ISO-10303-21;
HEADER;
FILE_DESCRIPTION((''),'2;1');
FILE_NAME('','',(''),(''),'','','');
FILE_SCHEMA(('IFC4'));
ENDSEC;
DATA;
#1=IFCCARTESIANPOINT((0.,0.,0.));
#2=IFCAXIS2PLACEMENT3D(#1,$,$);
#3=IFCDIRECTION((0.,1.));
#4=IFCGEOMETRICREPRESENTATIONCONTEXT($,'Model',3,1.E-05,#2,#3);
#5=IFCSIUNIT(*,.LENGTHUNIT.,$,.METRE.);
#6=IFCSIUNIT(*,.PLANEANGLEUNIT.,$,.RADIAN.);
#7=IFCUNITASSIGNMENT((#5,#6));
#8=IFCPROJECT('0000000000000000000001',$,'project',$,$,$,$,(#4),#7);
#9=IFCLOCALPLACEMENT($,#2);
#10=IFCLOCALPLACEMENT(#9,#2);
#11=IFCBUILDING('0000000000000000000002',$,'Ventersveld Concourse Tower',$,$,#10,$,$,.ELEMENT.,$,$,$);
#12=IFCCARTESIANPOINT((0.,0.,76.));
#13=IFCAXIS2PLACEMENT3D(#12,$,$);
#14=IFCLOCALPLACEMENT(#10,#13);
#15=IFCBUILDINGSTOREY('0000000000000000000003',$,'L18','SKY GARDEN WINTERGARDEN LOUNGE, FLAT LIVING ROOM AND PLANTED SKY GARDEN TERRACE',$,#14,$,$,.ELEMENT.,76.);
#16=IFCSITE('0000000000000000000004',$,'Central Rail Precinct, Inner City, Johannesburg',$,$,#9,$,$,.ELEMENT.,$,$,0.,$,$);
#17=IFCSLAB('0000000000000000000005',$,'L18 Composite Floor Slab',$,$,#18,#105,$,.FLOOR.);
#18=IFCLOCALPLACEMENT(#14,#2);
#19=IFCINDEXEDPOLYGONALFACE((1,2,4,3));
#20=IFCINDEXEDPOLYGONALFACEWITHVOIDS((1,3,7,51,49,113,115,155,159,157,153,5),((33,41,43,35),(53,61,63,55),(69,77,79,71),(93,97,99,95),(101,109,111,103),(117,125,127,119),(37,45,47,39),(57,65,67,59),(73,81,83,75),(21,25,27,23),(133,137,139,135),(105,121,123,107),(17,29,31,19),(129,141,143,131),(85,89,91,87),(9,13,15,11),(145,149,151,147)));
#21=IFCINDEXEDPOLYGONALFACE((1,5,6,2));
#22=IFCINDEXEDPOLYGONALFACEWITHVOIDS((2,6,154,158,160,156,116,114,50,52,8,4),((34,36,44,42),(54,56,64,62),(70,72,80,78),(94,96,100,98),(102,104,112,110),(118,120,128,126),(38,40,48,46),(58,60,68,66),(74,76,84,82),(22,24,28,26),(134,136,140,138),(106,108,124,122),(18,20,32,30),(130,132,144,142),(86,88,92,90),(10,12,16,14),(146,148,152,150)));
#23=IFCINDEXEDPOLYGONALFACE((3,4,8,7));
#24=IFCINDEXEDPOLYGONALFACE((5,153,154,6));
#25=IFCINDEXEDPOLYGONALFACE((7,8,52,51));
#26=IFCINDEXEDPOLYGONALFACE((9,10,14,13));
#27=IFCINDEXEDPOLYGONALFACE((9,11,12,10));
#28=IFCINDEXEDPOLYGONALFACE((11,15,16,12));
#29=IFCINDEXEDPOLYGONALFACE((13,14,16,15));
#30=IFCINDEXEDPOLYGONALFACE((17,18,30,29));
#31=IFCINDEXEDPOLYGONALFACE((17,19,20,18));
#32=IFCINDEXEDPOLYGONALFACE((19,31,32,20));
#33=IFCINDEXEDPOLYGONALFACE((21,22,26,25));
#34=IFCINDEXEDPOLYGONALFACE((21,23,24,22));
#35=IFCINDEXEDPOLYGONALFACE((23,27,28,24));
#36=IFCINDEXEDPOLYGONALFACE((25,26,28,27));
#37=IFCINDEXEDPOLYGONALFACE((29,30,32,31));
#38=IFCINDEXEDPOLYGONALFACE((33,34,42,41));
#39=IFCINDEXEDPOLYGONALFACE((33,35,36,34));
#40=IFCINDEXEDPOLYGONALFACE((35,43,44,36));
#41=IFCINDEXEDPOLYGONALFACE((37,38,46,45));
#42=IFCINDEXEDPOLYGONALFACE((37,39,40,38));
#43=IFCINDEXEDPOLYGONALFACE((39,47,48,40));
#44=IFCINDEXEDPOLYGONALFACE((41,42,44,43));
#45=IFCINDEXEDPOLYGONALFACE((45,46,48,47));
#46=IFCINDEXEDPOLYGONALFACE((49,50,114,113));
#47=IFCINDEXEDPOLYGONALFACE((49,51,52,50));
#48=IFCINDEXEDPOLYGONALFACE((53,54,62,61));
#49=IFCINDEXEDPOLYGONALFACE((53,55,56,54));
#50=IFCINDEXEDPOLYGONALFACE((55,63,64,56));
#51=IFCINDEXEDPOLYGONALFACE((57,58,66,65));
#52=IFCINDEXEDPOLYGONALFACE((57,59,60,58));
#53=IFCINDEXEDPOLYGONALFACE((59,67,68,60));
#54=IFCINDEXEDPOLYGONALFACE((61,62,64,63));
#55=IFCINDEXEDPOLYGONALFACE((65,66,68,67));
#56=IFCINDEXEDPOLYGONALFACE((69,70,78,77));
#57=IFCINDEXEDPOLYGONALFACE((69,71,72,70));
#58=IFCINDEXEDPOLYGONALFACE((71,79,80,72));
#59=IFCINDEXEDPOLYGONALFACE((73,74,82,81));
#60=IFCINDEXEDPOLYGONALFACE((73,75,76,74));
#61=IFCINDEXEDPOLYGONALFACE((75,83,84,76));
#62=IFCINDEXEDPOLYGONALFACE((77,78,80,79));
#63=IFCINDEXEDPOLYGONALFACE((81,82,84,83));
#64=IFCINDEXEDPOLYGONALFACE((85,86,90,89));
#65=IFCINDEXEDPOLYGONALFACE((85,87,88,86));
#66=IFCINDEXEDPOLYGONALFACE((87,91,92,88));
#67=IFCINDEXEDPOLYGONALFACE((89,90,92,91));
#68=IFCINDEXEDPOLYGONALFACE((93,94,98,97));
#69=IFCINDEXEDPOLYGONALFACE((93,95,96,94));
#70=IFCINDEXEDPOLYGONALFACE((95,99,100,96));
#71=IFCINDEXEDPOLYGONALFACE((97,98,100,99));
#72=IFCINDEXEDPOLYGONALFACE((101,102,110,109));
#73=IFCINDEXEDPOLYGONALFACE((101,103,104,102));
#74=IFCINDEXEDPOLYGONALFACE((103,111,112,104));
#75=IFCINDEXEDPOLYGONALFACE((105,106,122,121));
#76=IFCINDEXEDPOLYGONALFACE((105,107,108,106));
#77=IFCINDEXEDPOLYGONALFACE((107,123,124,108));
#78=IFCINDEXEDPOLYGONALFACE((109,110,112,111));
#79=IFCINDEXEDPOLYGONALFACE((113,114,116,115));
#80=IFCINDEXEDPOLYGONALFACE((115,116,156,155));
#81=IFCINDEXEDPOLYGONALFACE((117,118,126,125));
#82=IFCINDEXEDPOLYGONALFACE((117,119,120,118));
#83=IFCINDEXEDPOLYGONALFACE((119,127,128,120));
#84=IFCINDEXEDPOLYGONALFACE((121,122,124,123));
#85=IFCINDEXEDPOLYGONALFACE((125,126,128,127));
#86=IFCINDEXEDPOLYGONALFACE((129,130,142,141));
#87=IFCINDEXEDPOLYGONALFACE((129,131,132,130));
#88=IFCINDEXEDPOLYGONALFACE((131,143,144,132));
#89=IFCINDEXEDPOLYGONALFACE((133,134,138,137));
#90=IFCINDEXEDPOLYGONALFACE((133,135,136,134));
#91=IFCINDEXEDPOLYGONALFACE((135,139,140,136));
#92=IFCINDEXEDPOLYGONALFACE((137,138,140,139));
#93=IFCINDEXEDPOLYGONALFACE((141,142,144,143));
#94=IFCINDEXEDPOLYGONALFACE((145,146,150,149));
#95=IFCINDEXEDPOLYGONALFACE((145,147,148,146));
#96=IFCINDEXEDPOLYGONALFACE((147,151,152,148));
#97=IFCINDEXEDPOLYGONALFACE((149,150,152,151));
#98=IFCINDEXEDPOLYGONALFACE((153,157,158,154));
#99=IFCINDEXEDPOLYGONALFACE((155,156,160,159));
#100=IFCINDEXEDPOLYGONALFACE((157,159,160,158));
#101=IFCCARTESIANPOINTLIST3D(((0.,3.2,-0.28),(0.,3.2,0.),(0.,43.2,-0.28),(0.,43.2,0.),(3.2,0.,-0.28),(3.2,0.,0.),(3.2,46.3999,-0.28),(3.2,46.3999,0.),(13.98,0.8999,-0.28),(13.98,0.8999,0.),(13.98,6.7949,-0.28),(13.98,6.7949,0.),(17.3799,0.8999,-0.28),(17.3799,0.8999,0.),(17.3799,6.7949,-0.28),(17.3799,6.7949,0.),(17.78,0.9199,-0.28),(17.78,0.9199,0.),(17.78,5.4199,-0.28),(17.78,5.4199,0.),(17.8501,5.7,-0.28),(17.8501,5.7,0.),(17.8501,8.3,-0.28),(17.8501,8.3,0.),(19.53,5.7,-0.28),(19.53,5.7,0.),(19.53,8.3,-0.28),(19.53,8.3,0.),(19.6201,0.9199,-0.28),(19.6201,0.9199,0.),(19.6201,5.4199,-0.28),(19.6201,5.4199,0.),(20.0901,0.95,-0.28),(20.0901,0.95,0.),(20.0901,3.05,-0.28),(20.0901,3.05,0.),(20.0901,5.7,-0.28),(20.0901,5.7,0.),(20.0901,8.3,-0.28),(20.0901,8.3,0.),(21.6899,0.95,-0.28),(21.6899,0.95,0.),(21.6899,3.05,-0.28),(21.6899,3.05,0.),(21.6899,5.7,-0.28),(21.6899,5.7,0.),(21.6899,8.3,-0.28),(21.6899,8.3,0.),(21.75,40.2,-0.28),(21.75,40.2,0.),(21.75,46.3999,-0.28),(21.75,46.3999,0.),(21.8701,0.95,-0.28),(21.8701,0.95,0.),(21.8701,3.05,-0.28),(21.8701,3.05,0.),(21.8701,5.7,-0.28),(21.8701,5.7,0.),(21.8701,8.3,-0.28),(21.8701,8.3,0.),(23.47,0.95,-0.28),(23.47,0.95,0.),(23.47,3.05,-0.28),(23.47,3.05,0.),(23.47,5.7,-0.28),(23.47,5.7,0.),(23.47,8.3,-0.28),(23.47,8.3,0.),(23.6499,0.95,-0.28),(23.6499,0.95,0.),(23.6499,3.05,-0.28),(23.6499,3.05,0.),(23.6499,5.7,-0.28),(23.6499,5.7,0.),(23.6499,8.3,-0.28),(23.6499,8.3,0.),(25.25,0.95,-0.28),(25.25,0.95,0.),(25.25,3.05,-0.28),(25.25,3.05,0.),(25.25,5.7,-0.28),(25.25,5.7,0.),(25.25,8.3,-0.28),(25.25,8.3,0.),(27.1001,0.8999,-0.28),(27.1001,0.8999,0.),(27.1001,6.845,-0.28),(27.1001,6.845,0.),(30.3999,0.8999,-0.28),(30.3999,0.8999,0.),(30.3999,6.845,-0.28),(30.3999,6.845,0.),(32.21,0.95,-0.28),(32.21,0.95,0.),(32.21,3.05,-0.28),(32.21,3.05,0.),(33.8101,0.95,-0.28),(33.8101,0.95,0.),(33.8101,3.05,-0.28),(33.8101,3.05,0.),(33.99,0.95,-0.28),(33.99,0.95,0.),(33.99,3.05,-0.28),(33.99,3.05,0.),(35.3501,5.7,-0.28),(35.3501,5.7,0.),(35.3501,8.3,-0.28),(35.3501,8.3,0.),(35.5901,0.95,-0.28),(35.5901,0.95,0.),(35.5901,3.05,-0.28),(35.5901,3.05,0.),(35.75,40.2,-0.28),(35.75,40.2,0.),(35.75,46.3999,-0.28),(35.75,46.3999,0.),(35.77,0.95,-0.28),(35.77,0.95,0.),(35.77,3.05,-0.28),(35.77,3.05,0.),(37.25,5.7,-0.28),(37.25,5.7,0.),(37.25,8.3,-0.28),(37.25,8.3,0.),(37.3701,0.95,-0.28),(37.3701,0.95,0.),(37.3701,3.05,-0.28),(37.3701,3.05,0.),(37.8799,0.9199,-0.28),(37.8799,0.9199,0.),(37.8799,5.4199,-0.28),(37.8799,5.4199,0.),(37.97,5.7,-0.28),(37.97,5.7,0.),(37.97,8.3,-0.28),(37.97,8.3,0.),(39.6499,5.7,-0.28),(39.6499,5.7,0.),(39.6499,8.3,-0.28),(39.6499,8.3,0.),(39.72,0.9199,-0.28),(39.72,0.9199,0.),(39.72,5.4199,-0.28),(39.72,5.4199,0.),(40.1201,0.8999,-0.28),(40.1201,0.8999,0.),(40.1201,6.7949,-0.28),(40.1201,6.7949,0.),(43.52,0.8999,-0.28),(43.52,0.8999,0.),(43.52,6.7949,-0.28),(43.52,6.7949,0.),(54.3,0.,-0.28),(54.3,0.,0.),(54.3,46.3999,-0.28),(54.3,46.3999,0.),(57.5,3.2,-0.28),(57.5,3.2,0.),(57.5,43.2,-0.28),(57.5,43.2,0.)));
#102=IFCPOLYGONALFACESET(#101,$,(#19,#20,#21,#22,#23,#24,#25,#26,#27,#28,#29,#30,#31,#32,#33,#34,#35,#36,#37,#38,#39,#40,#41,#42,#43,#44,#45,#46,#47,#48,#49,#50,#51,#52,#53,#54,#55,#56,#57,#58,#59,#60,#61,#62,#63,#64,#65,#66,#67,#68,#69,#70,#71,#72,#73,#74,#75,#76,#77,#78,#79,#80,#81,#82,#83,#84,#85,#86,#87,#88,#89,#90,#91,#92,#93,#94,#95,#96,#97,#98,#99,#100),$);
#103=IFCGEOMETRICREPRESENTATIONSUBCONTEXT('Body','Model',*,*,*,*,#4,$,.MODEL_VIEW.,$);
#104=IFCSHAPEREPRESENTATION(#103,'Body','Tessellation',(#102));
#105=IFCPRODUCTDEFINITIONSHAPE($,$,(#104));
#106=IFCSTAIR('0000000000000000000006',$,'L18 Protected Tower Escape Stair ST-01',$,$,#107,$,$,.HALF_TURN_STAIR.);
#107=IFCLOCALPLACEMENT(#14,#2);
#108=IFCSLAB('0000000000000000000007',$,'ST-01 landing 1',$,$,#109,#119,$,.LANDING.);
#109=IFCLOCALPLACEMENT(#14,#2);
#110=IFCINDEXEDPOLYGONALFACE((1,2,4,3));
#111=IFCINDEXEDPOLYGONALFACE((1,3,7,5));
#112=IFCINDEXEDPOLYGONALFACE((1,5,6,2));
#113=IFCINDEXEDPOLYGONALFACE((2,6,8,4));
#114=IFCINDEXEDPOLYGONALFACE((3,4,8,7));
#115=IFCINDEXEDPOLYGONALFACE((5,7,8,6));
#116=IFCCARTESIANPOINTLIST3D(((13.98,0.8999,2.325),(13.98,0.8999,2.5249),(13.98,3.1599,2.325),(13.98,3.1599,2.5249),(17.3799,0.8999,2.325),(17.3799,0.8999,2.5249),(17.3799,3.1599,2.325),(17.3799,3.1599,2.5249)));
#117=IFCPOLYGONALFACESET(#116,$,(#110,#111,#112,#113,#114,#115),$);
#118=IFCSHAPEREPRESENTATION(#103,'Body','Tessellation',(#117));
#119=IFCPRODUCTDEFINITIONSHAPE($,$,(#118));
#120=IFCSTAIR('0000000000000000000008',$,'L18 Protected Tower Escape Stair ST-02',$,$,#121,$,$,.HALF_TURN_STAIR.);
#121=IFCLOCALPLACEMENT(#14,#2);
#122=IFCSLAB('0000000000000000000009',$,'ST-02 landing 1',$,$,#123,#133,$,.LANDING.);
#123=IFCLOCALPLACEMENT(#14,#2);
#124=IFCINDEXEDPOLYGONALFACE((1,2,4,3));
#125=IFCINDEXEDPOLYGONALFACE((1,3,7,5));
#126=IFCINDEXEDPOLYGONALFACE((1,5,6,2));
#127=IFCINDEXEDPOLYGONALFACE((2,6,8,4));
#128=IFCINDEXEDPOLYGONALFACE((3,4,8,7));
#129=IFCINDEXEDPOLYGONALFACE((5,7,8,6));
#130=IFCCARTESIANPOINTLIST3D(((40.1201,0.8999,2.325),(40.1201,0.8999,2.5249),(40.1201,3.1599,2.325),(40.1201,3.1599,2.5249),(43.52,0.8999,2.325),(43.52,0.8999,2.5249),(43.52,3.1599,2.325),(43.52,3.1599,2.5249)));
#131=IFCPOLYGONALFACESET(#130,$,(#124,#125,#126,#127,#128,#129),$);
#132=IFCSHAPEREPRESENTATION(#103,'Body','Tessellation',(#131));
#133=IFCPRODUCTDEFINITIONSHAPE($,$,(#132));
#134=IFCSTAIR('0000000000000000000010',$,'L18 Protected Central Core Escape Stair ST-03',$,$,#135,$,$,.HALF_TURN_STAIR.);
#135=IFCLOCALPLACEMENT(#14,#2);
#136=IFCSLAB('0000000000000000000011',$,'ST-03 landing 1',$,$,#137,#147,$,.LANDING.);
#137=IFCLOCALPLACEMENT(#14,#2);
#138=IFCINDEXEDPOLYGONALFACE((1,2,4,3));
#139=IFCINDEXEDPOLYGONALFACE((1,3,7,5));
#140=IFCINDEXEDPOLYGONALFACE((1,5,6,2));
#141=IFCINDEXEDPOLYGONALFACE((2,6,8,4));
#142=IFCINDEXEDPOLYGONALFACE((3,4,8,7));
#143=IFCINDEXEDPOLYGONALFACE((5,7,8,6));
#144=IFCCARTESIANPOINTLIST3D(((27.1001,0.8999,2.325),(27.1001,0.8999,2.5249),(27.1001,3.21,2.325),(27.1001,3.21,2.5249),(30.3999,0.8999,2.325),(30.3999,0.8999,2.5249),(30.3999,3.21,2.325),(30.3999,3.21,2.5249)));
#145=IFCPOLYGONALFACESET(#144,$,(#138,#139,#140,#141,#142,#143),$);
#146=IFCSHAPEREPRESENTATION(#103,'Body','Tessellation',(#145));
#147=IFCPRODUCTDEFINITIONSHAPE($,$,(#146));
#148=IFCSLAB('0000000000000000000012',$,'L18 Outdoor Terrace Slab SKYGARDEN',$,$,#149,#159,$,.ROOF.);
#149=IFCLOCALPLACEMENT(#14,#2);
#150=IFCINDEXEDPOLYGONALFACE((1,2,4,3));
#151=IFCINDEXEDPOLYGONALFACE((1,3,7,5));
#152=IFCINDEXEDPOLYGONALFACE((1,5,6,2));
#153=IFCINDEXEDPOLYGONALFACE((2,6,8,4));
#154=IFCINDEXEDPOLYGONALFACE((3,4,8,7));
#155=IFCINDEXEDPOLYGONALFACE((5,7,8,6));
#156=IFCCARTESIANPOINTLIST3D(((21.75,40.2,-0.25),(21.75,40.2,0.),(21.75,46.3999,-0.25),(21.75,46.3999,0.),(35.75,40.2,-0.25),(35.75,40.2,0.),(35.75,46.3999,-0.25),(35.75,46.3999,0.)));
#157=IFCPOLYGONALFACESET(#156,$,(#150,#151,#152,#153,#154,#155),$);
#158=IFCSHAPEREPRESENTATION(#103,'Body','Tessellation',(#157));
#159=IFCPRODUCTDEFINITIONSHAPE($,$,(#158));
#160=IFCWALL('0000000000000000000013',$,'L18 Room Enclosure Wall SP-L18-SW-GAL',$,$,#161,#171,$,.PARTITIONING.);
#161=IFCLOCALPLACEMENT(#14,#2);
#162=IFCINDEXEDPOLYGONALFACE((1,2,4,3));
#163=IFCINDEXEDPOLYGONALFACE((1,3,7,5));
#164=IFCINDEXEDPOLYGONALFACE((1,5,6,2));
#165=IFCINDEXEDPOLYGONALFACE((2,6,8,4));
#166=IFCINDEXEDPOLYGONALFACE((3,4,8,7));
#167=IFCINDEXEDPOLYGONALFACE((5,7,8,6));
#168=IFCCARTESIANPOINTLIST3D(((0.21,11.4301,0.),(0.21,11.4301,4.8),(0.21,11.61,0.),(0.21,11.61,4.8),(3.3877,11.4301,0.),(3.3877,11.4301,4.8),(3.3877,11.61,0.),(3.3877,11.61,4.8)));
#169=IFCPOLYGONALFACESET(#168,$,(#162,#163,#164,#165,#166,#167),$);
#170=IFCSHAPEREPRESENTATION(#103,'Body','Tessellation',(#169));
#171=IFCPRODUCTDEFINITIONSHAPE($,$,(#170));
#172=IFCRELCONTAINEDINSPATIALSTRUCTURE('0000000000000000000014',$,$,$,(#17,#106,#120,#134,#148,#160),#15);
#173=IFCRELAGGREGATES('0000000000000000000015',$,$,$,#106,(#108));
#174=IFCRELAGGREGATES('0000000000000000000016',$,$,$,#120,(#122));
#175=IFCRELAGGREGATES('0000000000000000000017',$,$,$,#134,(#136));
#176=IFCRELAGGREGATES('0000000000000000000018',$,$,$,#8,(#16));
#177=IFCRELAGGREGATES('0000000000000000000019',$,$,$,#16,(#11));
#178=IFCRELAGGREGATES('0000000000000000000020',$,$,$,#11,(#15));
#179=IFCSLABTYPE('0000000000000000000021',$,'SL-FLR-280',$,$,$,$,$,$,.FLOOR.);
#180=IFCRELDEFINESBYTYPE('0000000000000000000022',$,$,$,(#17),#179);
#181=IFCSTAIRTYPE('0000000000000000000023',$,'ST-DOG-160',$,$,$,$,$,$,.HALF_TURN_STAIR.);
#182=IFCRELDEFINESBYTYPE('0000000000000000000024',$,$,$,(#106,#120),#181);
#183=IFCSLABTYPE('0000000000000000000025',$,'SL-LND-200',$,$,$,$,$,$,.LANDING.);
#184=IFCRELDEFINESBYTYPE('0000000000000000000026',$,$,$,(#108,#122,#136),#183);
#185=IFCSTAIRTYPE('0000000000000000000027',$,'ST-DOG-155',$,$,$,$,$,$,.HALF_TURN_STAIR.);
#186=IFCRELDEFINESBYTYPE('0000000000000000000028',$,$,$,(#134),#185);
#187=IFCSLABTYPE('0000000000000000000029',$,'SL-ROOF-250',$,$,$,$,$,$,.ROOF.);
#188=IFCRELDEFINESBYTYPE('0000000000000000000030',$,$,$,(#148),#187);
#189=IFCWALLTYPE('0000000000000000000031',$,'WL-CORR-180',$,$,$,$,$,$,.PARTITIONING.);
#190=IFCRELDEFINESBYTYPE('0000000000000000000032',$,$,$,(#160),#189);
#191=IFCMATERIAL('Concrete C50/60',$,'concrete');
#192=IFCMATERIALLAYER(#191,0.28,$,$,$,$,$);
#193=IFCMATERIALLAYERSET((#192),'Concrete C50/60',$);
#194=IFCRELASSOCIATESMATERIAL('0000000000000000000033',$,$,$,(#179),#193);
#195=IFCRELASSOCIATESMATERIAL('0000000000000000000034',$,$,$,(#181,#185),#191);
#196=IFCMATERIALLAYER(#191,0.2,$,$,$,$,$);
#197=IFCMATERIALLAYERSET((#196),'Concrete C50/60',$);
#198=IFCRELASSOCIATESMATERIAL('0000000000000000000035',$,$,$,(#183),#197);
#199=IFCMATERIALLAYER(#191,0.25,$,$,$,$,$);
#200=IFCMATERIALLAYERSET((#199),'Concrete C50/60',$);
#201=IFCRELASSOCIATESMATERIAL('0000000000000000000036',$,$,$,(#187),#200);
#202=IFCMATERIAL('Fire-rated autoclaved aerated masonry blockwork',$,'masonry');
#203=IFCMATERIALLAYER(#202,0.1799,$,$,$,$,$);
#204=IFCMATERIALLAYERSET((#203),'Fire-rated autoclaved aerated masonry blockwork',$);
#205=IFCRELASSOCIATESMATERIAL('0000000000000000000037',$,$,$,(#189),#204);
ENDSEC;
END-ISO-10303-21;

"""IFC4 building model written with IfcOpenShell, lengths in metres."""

from ifc_helpers import new_model, si_unit, direction, frame, frame_2d, origin, place, context, subcontext, project, spatial, polyline, rectangle, outline, extrude, material, layer, layer_set, type_object, element, aggregate, save


model = new_model("IFC4")

# Units and contexts
model_context = context("Model", 3, precision=1e-05, world=origin(), true_north=direction((0.0, 1.0)))
body_context = subcontext(model_context, "Body", "Model", "MODEL_VIEW")
ifc_project = project(units=[si_unit("LENGTHUNIT", "METRE"), si_unit("PLANEANGLEUNIT", "RADIAN")], contexts=[model_context])

# Site, building, storey
site_placement = place(None, origin())
site = spatial("IfcSite", under=ifc_project, at=site_placement, Name="Central Rail Precinct, Inner City, Johannesburg", CompositionType="ELEMENT", RefElevation=0.0)
building_placement = place(site_placement, origin())
building = spatial("IfcBuilding", under=site, at=building_placement, Name="Ventersveld Concourse Tower", CompositionType="ELEMENT")
storey_placement = place(building_placement, frame((0.0, 0.0, 76.0)))
storey = spatial("IfcBuildingStorey", under=building, at=storey_placement, Name="L18", Description="SKY GARDEN WINTERGARDEN LOUNGE, FLAT LIVING ROOM AND PLANTED SKY GARDEN TERRACE", CompositionType="ELEMENT", Elevation=76.0)

# Slab
ifc_material_1 = material(Name="Concrete C50/60", Category="concrete")
ifc_layer_1 = layer(ifc_material_1, 0.28)
ifc_layer_set_1 = layer_set([ifc_layer_1], Name="Concrete C50/60")
slab_type_1 = type_object("IfcSlabType", Name="SL-FLR-280", PredefinedType="FLOOR", material=ifc_layer_set_1)
slab_1_placement = place(storey_placement, frame((0.0, 0.0, -0.28)))
element("IfcSlab", 1, at=slab_1_placement, inside=storey, type_object=slab_type_1, Name="L18 Composite Floor Slab", PredefinedType="FLOOR", context=body_context, shape_type="SweptSolid", body=[
    extrude(outline(polyline([(3.2, 0.0), (54.3, 0.0), (57.5, 3.2), (57.5, 43.2), (54.3, 46.3999), (35.75, 46.3999), (35.75, 40.2), (21.75, 40.2), (21.75, 46.3999), (3.2, 46.3999), (0.0, 43.2), (0.0, 3.2), (3.2, 0.0)]), holes=[polyline([(13.98, 6.7949), (13.98, 0.8999), (17.3799, 0.8999), (17.3799, 6.7949), (13.98, 6.7949)]), polyline([(40.1201, 6.7949), (40.1201, 0.8999), (43.52, 0.8999), (43.52, 6.7949), (40.1201, 6.7949)]), polyline([(27.1001, 6.845), (27.1001, 0.8999), (30.3999, 0.8999), (30.3999, 6.845), (27.1001, 6.845)]), polyline([(17.8501, 5.7), (19.53, 5.7), (19.53, 8.3), (17.8501, 8.3), (17.8501, 5.7)]), polyline([(37.97, 5.7), (39.6499, 5.7), (39.6499, 8.3), (37.97, 8.3), (37.97, 5.7)]), polyline([(35.3501, 5.7), (37.25, 5.7), (37.25, 8.3), (35.3501, 8.3), (35.3501, 5.7)]), polyline([(20.0901, 0.95), (21.6899, 0.95), (21.6899, 3.05), (20.0901, 3.05), (20.0901, 0.95)]), polyline([(21.8701, 0.95), (23.47, 0.95), (23.47, 3.05), (21.8701, 3.05), (21.8701, 0.95)]), polyline([(23.6499, 0.95), (25.25, 0.95), (25.25, 3.05), (23.6499, 3.05), (23.6499, 0.95)]), polyline([(32.21, 0.95), (33.8101, 0.95), (33.8101, 3.05), (32.21, 3.05), (32.21, 0.95)]), polyline([(33.99, 0.95), (35.5901, 0.95), (35.5901, 3.05), (33.99, 3.05), (33.99, 0.95)]), polyline([(35.77, 0.95), (37.3701, 0.95), (37.3701, 3.05), (35.77, 3.05), (35.77, 0.95)]), polyline([(20.0901, 5.7), (21.6899, 5.7), (21.6899, 8.3), (20.0901, 8.3), (20.0901, 5.7)]), polyline([(21.8701, 5.7), (23.47, 5.7), (23.47, 8.3), (21.8701, 8.3), (21.8701, 5.7)]), polyline([(23.6499, 5.7), (25.25, 5.7), (25.25, 8.3), (23.6499, 8.3), (23.6499, 5.7)]), polyline([(17.78, 0.9199), (19.6201, 0.9199), (19.6201, 5.4199), (17.78, 5.4199), (17.78, 0.9199)]), polyline([(37.8799, 0.9199), (39.72, 0.9199), (39.72, 5.4199), (37.8799, 5.4199), (37.8799, 0.9199)])]), origin(), (0.0, 0.0, 1.0), 0.28),
])

# Stairs, slabs
stair_type_1 = type_object("IfcStairType", Name="ST-DOG-160", PredefinedType="HALF_TURN_STAIR", material=ifc_material_1)
stair_1_placement = place(storey_placement, origin())
stair_1 = element("IfcStair", 2, at=stair_1_placement, inside=storey, type_object=stair_type_1, Name="L18 Protected Tower Escape Stair ST-01", PredefinedType="HALF_TURN_STAIR")
ifc_layer_2 = layer(ifc_material_1, 0.2)
ifc_layer_set_2 = layer_set([ifc_layer_2], Name="Concrete C50/60")
slab_type_2 = type_object("IfcSlabType", Name="SL-LND-200", PredefinedType="LANDING", material=ifc_layer_set_2)
slab_2_placement = place(storey_placement, frame((0.0, 0.0, 2.325)))
slab_2 = element("IfcSlab", 3, at=slab_2_placement, type_object=slab_type_2, Name="ST-01 landing 1", PredefinedType="LANDING", context=body_context, shape_type="SweptSolid", body=[
    extrude(outline(polyline([(13.98, 3.1599), (13.98, 0.8999), (17.3799, 0.8999), (17.3799, 3.1599), (13.98, 3.1599)])), origin(), (0.0, 0.0, 1.0), 0.2),
])
aggregate(stair_1, [slab_2])
stair_2_placement = place(storey_placement, origin())
stair_2 = element("IfcStair", 4, at=stair_2_placement, inside=storey, type_object=stair_type_1, Name="L18 Protected Tower Escape Stair ST-02", PredefinedType="HALF_TURN_STAIR")
slab_3_placement = place(storey_placement, frame((0.0, 0.0, 2.325)))
slab_3 = element("IfcSlab", 5, at=slab_3_placement, type_object=slab_type_2, Name="ST-02 landing 1", PredefinedType="LANDING", context=body_context, shape_type="SweptSolid", body=[
    extrude(outline(polyline([(40.1201, 3.1599), (40.1201, 0.8999), (43.52, 0.8999), (43.52, 3.1599), (40.1201, 3.1599)])), origin(), (0.0, 0.0, 1.0), 0.2),
])
aggregate(stair_2, [slab_3])
stair_type_2 = type_object("IfcStairType", Name="ST-DOG-155", PredefinedType="HALF_TURN_STAIR", material=ifc_material_1)
stair_3_placement = place(storey_placement, origin())
stair_3 = element("IfcStair", 6, at=stair_3_placement, inside=storey, type_object=stair_type_2, Name="L18 Protected Central Core Escape Stair ST-03", PredefinedType="HALF_TURN_STAIR")
slab_4_placement = place(storey_placement, frame((0.0, 0.0, 2.325)))
slab_4 = element("IfcSlab", 7, at=slab_4_placement, type_object=slab_type_2, Name="ST-03 landing 1", PredefinedType="LANDING", context=body_context, shape_type="SweptSolid", body=[
    extrude(outline(polyline([(27.1001, 3.21), (27.1001, 0.8999), (30.3999, 0.8999), (30.3999, 3.21), (27.1001, 3.21)])), origin(), (0.0, 0.0, 1.0), 0.2),
])
aggregate(stair_3, [slab_4])

# Slab
ifc_layer_3 = layer(ifc_material_1, 0.25)
ifc_layer_set_3 = layer_set([ifc_layer_3], Name="Concrete C50/60")
slab_type_3 = type_object("IfcSlabType", Name="SL-ROOF-250", PredefinedType="ROOF", material=ifc_layer_set_3)
slab_5_placement = place(storey_placement, frame((0.0, 0.0, -0.25)))
element("IfcSlab", 8, at=slab_5_placement, inside=storey, type_object=slab_type_3, Name="L18 Outdoor Terrace Slab SKYGARDEN", PredefinedType="ROOF", context=body_context, shape_type="SweptSolid", body=[
    extrude(outline(polyline([(21.75, 40.2), (35.75, 40.2), (35.75, 46.3999), (21.75, 46.3999), (21.75, 40.2)])), origin(), (0.0, 0.0, 1.0), 0.25),
])

# Wall
ifc_material_2 = material(Name="Fire-rated autoclaved aerated masonry blockwork", Category="masonry")
ifc_layer_4 = layer(ifc_material_2, 0.1799)
ifc_layer_set_4 = layer_set([ifc_layer_4], Name="Fire-rated autoclaved aerated masonry blockwork")
wall_type_1 = type_object("IfcWallType", Name="WL-CORR-180", PredefinedType="PARTITIONING", material=ifc_layer_set_4)
wall_1_placement = place(storey_placement, frame((0.21, 11.52, 0.0), z_axis=(0.0, 0.0, 1.0), x_axis=(1.0, 0.0, 0.0)))
element("IfcWall", 9, at=wall_1_placement, inside=storey, type_object=wall_type_1, Name="L18 Room Enclosure Wall SP-L18-SW-GAL", PredefinedType="PARTITIONING", context=body_context, shape_type="SweptSolid", body=[
    extrude(rectangle(XDim=3.1777, YDim=0.1799, at=frame_2d((1.5889, 0.0))), origin(), (0.0, 0.0, 1.0), 4.8),
])

save(model, "model.ifc")
